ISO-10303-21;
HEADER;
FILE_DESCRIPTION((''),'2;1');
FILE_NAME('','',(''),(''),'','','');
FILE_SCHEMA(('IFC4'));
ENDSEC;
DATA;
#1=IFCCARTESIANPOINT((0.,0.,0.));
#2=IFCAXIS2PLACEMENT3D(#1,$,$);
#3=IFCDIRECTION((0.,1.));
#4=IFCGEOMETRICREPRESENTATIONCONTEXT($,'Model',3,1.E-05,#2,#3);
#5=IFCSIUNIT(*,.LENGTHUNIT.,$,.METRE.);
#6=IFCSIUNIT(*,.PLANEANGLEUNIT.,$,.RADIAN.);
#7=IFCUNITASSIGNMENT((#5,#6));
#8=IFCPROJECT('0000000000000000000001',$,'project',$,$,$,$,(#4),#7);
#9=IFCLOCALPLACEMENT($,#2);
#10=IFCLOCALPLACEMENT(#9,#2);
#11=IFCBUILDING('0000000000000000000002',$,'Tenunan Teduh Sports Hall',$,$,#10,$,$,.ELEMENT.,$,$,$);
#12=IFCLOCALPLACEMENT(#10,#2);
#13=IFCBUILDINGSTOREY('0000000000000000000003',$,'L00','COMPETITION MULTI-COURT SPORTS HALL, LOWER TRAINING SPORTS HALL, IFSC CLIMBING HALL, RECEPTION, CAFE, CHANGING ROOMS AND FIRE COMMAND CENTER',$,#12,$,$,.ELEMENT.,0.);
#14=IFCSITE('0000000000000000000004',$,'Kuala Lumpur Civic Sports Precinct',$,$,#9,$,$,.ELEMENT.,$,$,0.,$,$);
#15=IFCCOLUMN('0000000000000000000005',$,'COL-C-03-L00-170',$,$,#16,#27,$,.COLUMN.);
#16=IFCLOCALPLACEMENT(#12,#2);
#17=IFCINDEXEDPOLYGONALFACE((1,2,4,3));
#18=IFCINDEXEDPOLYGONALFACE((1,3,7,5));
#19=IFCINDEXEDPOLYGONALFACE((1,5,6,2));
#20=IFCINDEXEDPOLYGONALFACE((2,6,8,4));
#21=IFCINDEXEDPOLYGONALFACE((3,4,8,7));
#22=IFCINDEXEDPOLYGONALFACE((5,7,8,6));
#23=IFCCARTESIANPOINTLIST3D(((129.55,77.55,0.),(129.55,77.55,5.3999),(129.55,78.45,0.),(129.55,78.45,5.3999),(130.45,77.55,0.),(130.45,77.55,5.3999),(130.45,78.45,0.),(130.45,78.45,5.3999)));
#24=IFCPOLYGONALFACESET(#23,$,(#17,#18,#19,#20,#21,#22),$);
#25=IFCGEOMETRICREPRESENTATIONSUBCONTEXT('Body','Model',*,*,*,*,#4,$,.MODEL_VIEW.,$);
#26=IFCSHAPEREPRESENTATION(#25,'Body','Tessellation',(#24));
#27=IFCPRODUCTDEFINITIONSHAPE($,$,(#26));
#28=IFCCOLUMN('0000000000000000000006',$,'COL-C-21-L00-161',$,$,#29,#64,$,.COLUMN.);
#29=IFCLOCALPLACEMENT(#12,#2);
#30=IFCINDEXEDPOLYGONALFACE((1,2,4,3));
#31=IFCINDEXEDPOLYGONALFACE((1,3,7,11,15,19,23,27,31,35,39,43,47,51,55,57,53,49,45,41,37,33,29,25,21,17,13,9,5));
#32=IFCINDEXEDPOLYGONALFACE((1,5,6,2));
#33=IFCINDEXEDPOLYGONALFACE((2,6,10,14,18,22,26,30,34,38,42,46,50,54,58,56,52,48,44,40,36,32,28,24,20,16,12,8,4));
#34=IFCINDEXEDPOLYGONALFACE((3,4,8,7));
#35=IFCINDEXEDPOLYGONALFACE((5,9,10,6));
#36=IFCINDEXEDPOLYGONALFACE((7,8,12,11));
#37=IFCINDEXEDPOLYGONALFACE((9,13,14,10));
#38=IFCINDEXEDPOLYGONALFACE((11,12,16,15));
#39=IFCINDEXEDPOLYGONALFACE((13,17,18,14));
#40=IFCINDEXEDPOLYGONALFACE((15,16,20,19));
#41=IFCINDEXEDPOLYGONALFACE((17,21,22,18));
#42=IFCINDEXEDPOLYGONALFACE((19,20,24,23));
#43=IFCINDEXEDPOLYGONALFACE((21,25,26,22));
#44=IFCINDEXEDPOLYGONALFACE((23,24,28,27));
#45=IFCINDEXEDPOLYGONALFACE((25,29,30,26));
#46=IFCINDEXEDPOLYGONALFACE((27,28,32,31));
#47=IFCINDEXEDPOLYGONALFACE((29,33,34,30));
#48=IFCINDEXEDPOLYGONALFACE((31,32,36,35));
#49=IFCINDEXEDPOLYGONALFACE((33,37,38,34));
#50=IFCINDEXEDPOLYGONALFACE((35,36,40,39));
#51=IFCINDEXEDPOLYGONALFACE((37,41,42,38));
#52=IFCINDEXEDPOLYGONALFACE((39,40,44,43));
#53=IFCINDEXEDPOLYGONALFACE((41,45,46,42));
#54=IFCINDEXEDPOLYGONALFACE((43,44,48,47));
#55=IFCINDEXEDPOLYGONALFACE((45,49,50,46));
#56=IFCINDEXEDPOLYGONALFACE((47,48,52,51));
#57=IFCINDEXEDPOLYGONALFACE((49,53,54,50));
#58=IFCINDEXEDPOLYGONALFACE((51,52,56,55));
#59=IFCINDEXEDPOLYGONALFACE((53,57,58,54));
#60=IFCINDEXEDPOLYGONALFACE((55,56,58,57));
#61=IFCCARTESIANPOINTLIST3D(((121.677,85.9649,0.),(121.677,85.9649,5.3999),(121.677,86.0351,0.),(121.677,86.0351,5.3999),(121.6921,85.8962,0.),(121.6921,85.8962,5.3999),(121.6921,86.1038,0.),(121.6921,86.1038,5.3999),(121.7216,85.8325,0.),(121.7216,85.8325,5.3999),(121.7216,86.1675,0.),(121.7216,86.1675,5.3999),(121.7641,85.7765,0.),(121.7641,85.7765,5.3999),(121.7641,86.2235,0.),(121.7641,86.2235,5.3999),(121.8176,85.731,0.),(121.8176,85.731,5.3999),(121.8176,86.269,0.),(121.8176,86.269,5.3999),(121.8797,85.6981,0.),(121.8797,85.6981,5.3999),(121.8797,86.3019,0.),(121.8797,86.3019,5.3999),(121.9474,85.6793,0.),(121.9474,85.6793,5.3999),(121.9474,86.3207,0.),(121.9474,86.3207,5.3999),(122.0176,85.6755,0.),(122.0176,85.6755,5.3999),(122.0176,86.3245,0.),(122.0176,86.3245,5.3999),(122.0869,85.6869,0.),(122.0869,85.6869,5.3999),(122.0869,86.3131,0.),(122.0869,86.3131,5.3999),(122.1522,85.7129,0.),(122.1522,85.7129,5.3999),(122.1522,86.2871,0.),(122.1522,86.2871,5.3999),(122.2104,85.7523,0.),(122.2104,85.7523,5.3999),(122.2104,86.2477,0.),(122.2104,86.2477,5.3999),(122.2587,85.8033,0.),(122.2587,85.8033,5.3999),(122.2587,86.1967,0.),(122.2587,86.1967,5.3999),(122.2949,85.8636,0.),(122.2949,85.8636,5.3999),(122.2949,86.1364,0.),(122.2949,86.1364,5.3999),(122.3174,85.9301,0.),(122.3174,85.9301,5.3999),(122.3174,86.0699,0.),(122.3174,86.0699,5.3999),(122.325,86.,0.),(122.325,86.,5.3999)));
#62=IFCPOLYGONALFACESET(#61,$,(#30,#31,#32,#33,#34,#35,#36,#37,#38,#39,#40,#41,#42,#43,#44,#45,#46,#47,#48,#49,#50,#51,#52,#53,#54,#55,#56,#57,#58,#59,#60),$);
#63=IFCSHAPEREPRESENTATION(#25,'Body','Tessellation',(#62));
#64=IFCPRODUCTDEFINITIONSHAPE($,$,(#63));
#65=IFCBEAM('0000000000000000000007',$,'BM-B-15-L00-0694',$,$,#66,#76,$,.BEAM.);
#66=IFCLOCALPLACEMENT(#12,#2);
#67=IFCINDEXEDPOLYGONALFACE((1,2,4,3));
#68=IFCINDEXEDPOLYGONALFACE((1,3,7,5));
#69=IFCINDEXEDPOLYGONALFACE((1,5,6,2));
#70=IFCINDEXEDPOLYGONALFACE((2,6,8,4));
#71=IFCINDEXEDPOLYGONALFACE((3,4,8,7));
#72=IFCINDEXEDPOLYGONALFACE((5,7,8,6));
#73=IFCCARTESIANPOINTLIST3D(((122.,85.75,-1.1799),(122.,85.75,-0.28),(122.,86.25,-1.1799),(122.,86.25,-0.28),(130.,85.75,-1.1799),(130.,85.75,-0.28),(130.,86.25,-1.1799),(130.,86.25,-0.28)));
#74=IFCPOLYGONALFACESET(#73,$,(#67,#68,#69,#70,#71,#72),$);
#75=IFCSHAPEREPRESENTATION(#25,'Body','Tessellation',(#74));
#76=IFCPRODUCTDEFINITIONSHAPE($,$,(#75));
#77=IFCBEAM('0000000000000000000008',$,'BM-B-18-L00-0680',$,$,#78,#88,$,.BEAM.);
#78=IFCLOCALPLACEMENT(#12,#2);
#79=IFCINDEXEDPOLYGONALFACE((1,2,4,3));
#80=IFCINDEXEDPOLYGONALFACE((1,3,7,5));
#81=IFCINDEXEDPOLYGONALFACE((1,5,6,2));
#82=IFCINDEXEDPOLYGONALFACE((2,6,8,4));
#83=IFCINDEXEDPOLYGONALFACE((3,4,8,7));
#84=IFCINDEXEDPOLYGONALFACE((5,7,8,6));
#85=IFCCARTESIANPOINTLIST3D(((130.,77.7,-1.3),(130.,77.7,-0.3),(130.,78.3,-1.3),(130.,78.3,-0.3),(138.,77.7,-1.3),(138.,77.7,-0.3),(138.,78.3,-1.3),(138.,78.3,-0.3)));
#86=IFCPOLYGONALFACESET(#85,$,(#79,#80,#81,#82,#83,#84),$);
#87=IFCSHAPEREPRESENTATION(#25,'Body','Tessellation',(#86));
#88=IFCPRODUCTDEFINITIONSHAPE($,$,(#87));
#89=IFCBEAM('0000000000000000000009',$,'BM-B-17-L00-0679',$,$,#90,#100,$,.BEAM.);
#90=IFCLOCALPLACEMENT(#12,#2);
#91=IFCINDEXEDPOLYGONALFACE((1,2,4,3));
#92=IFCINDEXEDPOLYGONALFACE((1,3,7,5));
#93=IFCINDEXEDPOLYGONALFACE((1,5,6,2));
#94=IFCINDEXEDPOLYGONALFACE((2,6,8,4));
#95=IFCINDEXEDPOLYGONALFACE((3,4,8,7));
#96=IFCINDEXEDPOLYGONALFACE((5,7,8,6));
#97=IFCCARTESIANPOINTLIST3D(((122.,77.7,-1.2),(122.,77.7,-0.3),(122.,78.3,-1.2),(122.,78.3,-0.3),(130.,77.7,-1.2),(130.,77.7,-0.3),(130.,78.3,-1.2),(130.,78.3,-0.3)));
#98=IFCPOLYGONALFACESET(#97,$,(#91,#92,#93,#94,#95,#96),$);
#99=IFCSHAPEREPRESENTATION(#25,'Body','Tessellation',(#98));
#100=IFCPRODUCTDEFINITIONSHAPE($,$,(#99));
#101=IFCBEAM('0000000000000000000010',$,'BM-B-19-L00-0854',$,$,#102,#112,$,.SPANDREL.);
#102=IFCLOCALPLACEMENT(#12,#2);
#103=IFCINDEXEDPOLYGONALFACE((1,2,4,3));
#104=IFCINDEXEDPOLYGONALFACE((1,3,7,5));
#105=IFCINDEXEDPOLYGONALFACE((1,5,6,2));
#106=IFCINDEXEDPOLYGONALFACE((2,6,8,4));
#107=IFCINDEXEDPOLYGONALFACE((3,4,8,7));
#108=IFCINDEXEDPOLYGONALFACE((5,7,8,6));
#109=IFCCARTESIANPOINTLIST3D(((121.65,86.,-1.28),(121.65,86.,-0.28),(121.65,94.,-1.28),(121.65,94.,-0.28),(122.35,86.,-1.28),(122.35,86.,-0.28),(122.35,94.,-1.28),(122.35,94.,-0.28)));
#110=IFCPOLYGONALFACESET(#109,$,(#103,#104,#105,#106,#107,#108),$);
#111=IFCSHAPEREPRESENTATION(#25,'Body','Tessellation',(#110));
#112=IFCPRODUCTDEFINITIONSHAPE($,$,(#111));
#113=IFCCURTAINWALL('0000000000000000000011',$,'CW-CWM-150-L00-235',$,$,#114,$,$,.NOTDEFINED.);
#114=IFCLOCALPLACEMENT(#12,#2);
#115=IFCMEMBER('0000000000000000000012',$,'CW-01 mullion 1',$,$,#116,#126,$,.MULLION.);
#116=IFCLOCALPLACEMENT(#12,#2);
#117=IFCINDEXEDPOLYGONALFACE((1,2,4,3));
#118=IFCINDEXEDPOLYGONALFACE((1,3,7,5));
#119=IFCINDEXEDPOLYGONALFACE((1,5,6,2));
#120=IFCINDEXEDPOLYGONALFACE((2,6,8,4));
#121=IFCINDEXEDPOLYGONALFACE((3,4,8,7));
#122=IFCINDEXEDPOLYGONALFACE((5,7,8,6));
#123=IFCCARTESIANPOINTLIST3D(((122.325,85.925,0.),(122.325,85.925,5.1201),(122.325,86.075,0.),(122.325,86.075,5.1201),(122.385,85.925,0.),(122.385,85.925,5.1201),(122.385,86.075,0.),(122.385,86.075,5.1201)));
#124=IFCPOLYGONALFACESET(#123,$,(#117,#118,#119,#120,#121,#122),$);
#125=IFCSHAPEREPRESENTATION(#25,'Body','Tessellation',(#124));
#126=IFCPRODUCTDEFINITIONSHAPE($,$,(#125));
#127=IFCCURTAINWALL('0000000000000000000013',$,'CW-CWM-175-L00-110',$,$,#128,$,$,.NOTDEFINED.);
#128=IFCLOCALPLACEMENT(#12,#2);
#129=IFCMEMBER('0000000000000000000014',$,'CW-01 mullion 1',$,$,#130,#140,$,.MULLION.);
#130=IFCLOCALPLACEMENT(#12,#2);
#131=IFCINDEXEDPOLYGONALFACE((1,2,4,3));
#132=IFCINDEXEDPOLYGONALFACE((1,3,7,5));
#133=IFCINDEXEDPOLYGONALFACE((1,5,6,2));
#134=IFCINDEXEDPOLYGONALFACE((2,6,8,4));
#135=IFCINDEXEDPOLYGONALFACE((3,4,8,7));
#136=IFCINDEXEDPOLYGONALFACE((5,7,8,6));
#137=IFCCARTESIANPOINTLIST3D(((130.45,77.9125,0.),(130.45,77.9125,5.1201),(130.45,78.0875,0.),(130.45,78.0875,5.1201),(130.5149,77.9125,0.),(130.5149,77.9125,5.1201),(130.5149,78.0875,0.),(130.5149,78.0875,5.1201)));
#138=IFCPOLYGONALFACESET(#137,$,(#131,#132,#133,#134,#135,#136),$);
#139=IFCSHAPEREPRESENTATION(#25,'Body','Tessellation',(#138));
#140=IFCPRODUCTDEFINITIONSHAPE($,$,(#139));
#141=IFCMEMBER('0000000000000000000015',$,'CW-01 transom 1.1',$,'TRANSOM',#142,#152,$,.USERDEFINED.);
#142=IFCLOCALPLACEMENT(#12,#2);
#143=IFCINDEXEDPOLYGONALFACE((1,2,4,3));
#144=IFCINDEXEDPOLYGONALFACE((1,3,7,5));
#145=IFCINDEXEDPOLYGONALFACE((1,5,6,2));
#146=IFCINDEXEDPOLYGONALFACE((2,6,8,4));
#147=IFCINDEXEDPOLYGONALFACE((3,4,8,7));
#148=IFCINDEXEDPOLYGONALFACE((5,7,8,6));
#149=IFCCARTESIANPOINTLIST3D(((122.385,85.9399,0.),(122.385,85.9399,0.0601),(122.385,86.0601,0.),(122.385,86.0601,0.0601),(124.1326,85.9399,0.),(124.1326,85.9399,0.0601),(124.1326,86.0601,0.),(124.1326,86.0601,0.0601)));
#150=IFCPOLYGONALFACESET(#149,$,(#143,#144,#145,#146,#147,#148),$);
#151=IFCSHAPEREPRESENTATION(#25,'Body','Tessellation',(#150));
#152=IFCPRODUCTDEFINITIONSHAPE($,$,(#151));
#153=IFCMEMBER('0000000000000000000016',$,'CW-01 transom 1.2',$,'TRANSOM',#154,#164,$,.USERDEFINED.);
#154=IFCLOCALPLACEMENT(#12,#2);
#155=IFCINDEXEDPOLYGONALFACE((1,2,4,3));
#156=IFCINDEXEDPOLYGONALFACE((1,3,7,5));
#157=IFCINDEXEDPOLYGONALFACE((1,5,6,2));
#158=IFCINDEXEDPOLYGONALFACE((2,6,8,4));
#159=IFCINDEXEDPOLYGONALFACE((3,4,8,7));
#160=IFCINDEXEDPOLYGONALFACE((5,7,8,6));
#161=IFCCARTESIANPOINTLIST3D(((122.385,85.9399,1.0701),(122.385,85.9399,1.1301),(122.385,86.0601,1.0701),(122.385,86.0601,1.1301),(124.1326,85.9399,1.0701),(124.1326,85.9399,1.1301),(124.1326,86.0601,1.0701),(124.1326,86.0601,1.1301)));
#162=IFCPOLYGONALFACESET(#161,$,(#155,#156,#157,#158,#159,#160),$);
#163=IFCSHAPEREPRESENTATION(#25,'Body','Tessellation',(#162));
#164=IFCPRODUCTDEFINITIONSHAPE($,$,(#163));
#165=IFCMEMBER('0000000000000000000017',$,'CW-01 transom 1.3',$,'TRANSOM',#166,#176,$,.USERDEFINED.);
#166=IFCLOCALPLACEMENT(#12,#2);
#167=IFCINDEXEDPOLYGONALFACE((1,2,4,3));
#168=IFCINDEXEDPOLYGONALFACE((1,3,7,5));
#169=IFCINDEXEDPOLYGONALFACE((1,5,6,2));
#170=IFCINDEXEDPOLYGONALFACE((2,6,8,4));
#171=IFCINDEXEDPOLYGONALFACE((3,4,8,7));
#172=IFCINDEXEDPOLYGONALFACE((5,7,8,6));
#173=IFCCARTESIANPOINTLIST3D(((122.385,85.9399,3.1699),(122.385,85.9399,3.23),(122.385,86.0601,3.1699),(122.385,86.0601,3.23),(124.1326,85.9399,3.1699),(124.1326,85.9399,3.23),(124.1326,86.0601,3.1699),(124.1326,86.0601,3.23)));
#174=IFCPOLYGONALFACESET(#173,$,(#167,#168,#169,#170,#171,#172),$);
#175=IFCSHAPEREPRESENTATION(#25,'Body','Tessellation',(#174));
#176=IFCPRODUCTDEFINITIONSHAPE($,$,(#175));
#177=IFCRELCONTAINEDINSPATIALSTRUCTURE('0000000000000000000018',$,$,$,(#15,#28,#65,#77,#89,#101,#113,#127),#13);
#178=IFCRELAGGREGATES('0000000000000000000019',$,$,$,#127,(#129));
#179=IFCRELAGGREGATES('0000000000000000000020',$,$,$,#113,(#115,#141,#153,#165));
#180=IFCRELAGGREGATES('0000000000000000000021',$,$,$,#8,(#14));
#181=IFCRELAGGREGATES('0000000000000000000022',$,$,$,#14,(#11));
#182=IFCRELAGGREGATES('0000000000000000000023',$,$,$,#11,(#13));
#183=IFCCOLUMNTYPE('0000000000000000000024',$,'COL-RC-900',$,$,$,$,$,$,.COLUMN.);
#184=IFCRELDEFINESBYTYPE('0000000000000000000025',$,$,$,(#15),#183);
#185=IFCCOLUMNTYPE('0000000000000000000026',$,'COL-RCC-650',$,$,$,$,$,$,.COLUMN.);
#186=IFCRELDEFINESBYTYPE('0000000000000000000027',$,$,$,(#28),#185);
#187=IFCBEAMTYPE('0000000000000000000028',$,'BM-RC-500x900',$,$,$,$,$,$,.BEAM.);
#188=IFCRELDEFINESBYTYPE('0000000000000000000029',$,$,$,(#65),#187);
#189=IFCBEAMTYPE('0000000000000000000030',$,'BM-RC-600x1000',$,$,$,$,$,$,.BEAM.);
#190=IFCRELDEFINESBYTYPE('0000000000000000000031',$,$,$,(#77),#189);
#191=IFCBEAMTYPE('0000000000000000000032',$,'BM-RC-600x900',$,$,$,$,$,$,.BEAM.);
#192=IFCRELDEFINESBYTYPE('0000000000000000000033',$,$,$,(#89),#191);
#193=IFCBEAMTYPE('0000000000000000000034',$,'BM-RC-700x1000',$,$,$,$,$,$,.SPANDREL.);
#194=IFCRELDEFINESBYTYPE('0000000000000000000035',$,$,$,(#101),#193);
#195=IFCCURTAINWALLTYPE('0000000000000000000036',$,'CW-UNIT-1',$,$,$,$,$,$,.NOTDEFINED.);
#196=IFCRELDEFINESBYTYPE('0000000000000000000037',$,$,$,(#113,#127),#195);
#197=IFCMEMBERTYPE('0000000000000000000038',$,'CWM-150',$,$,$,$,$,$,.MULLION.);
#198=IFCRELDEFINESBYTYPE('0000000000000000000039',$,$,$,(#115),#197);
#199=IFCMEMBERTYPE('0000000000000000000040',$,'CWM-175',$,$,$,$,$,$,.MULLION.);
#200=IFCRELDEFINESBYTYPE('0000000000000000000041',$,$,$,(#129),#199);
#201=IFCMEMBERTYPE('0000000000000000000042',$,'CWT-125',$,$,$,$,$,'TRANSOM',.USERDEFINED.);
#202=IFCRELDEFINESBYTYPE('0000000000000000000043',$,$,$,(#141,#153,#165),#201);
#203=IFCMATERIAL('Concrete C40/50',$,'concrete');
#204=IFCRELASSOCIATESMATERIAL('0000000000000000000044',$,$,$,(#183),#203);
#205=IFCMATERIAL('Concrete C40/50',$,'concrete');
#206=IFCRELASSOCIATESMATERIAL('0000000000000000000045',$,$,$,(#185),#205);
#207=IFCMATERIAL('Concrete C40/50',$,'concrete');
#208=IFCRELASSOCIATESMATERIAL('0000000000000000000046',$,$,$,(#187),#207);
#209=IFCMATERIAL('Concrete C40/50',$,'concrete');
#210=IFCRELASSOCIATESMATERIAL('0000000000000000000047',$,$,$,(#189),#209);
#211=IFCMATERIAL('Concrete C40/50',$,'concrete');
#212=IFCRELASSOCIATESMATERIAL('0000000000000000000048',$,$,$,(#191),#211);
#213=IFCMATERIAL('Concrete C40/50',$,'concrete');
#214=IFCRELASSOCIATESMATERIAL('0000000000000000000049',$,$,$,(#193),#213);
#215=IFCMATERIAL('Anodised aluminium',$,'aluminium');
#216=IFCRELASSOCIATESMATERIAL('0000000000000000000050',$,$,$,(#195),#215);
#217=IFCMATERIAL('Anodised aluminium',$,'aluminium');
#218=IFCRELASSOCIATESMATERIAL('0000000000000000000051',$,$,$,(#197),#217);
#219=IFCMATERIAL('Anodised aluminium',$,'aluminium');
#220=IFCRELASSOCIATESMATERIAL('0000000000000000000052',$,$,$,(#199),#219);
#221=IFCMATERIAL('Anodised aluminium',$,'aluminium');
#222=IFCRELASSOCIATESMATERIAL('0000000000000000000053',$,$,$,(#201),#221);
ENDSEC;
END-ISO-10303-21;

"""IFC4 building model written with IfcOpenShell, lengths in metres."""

from ifc_helpers import new_model, si_unit, direction, frame, origin, origin_2d, place, context, subcontext, project, spatial, rectangle, circle, extrude, material, material_profile, profile_set, type_object, element, aggregate, save


model = new_model("IFC4")

# Units and contexts
model_context = context("Model", 3, precision=1e-05, world=origin(), true_north=direction((0.0, 1.0)))
body_context = subcontext(model_context, "Body", "Model", "MODEL_VIEW")
ifc_project = project(units=[si_unit("LENGTHUNIT", "METRE"), si_unit("PLANEANGLEUNIT", "RADIAN")], contexts=[model_context])

# Site, building, storey
site_placement = place(None, origin())
site = spatial("IfcSite", under=ifc_project, at=site_placement, Name="Kuala Lumpur Civic Sports Precinct", CompositionType="ELEMENT", RefElevation=0.0)
building_placement = place(site_placement, origin())
building = spatial("IfcBuilding", under=site, at=building_placement, Name="Tenunan Teduh Sports Hall", CompositionType="ELEMENT")
storey_placement = place(building_placement, origin())
storey = spatial("IfcBuildingStorey", under=building, at=storey_placement, Name="L00", Description="COMPETITION MULTI-COURT SPORTS HALL, LOWER TRAINING SPORTS HALL, IFSC CLIMBING HALL, RECEPTION, CAFE, CHANGING ROOMS AND FIRE COMMAND CENTER", CompositionType="ELEMENT", Elevation=0.0)

# Columns
ifc_material_1 = material(Name="Concrete C40/50", Category="concrete")
ifc_material_profile_1 = material_profile(ifc_material_1, rectangle(XDim=0.8999, YDim=0.8999, at=origin_2d()), Name="RC 900x900")
ifc_profile_set_1 = profile_set([ifc_material_profile_1], Name="Concrete C40/50")
column_type_1 = type_object("IfcColumnType", Name="COL-RC-900", PredefinedType="COLUMN", material=ifc_profile_set_1)
column_1_placement = place(storey_placement, frame((130.0, 78.0, 0.0), z_axis=(0.0, 0.0, 1.0), x_axis=(1.0, 0.0, 0.0)))
element("IfcColumn", 1, at=column_1_placement, inside=storey, type_object=column_type_1, Name="COL-C-03-L00-170", PredefinedType="COLUMN", context=body_context, shape_type="SweptSolid", body=[
    extrude(rectangle(XDim=0.8999, YDim=0.8999, at=origin_2d()), origin(), (0.0, 0.0, 1.0), 5.3999),
])
ifc_material_2 = material(Name="Concrete C40/50", Category="concrete")
ifc_material_profile_2 = material_profile(ifc_material_2, circle(Radius=0.325, at=origin_2d()), Name="RCC D650")
ifc_profile_set_2 = profile_set([ifc_material_profile_2], Name="Concrete C40/50")
column_type_2 = type_object("IfcColumnType", Name="COL-RCC-650", PredefinedType="COLUMN", material=ifc_profile_set_2)
column_2_placement = place(storey_placement, frame((122.0, 86.0, 0.0), z_axis=(0.0, 0.0, 1.0), x_axis=(1.0, 0.0, 0.0)))
element("IfcColumn", 2, at=column_2_placement, inside=storey, type_object=column_type_2, Name="COL-C-21-L00-161", PredefinedType="COLUMN", context=body_context, shape_type="SweptSolid", body=[
    extrude(circle(Radius=0.325, at=origin_2d()), origin(), (0.0, 0.0, 1.0), 5.3999),
])

# Beams
ifc_material_3 = material(Name="Concrete C40/50", Category="concrete")
ifc_material_profile_3 = material_profile(ifc_material_3, rectangle(XDim=0.5, YDim=0.8999, at=origin_2d()), Name="RCB 500x900")
ifc_profile_set_3 = profile_set([ifc_material_profile_3], Name="Concrete C40/50")
beam_type_1 = type_object("IfcBeamType", Name="BM-RC-500x900", PredefinedType="BEAM", material=ifc_profile_set_3)
beam_1_placement = place(storey_placement, frame((122.0, 86.0, -0.73), z_axis=(1.0, 0.0, 0.0), x_axis=(0.0, 1.0, 0.0)))
element("IfcBeam", 3, at=beam_1_placement, inside=storey, type_object=beam_type_1, Name="BM-B-15-L00-0694", PredefinedType="BEAM", context=body_context, shape_type="SweptSolid", body=[
    extrude(rectangle(XDim=0.5, YDim=0.8999, at=origin_2d()), origin(), (0.0, 0.0, 1.0), 8.0),
])
ifc_material_4 = material(Name="Concrete C40/50", Category="concrete")
ifc_material_profile_4 = material_profile(ifc_material_4, rectangle(XDim=0.6001, YDim=1.0, at=origin_2d()), Name="RCB 600x1000")
ifc_profile_set_4 = profile_set([ifc_material_profile_4], Name="Concrete C40/50")
beam_type_2 = type_object("IfcBeamType", Name="BM-RC-600x1000", PredefinedType="BEAM", material=ifc_profile_set_4)
beam_2_placement = place(storey_placement, frame((130.0, 78.0, -0.8), z_axis=(1.0, 0.0, 0.0), x_axis=(0.0, 1.0, 0.0)))
element("IfcBeam", 4, at=beam_2_placement, inside=storey, type_object=beam_type_2, Name="BM-B-18-L00-0680", PredefinedType="BEAM", context=body_context, shape_type="SweptSolid", body=[
    extrude(rectangle(XDim=0.6001, YDim=1.0, at=origin_2d()), origin(), (0.0, 0.0, 1.0), 8.0),
])
ifc_material_5 = material(Name="Concrete C40/50", Category="concrete")
ifc_material_profile_5 = material_profile(ifc_material_5, rectangle(XDim=0.6001, YDim=0.8999, at=origin_2d()), Name="RCB 600x900")
ifc_profile_set_5 = profile_set([ifc_material_profile_5], Name="Concrete C40/50")
beam_type_3 = type_object("IfcBeamType", Name="BM-RC-600x900", PredefinedType="BEAM", material=ifc_profile_set_5)
beam_3_placement = place(storey_placement, frame((122.0, 78.0, -0.75), z_axis=(1.0, 0.0, 0.0), x_axis=(0.0, 1.0, 0.0)))
element("IfcBeam", 5, at=beam_3_placement, inside=storey, type_object=beam_type_3, Name="BM-B-17-L00-0679", PredefinedType="BEAM", context=body_context, shape_type="SweptSolid", body=[
    extrude(rectangle(XDim=0.6001, YDim=0.8999, at=origin_2d()), origin(), (0.0, 0.0, 1.0), 8.0),
])
ifc_material_6 = material(Name="Concrete C40/50", Category="concrete")
ifc_material_profile_6 = material_profile(ifc_material_6, rectangle(XDim=0.7, YDim=1.0, at=origin_2d()), Name="RCB 700x1000")
ifc_profile_set_6 = profile_set([ifc_material_profile_6], Name="Concrete C40/50")
beam_type_4 = type_object("IfcBeamType", Name="BM-RC-700x1000", PredefinedType="SPANDREL", material=ifc_profile_set_6)
beam_4_placement = place(storey_placement, frame((122.0, 86.0, -0.78), z_axis=(0.0, 1.0, 0.0), x_axis=(-1.0, 0.0, 0.0)))
element("IfcBeam", 6, at=beam_4_placement, inside=storey, type_object=beam_type_4, Name="BM-B-19-L00-0854", PredefinedType="SPANDREL", context=body_context, shape_type="SweptSolid", body=[
    extrude(rectangle(XDim=0.7, YDim=1.0, at=origin_2d()), origin(), (0.0, 0.0, 1.0), 8.0),
])

# Curtain walls, members
ifc_material_7 = material(Name="Anodised aluminium", Category="aluminium")
curtain_wall_type = type_object("IfcCurtainWallType", Name="CW-UNIT-1", PredefinedType="NOTDEFINED", material=ifc_material_7)
curtain_wall_1_placement = place(storey_placement, origin())
curtain_wall_1 = element("IfcCurtainWall", 7, at=curtain_wall_1_placement, inside=storey, type_object=curtain_wall_type, Name="CW-CWM-150-L00-235", PredefinedType="NOTDEFINED")
ifc_material_8 = material(Name="Anodised aluminium", Category="aluminium")
ifc_material_profile_7 = material_profile(ifc_material_8, rectangle(XDim=0.0601, YDim=0.1499, at=origin_2d()), Name="CWM 60x150")
ifc_profile_set_7 = profile_set([ifc_material_profile_7], Name="Anodised aluminium")
member_type_1 = type_object("IfcMemberType", Name="CWM-150", PredefinedType="MULLION", material=ifc_profile_set_7)
member_1_placement = place(storey_placement, frame((122.355, 86.0, 0.0), z_axis=(0.0, 0.0, 1.0), x_axis=(1.0, 0.0, 0.0)))
member_1 = element("IfcMember", 8, at=member_1_placement, type_object=member_type_1, Name="CW-01 mullion 1", PredefinedType="MULLION", context=body_context, shape_type="SweptSolid", body=[
    extrude(rectangle(XDim=0.0601, YDim=0.1499, at=origin_2d()), origin(), (0.0, 0.0, 1.0), 5.1201),
])
curtain_wall_2_placement = place(storey_placement, origin())
curtain_wall_2 = element("IfcCurtainWall", 9, at=curtain_wall_2_placement, inside=storey, type_object=curtain_wall_type, Name="CW-CWM-175-L00-110", PredefinedType="NOTDEFINED")
ifc_material_9 = material(Name="Anodised aluminium", Category="aluminium")
ifc_material_profile_8 = material_profile(ifc_material_9, rectangle(XDim=0.0649, YDim=0.175, at=origin_2d()), Name="CWM 65x175")
ifc_profile_set_8 = profile_set([ifc_material_profile_8], Name="Anodised aluminium")
member_type_2 = type_object("IfcMemberType", Name="CWM-175", PredefinedType="MULLION", material=ifc_profile_set_8)
member_2_placement = place(storey_placement, frame((130.4824, 78.0, 0.0), z_axis=(0.0, 0.0, 1.0), x_axis=(1.0, 0.0, 0.0)))
member_2 = element("IfcMember", 10, at=member_2_placement, type_object=member_type_2, Name="CW-01 mullion 1", PredefinedType="MULLION", context=body_context, shape_type="SweptSolid", body=[
    extrude(rectangle(XDim=0.0649, YDim=0.175, at=origin_2d()), origin(), (0.0, 0.0, 1.0), 5.1201),
])

# Members
ifc_material_10 = material(Name="Anodised aluminium", Category="aluminium")
ifc_material_profile_9 = material_profile(ifc_material_10, rectangle(XDim=0.0601, YDim=0.1201, at=origin_2d()), Name="CWT 60x120")
ifc_profile_set_9 = profile_set([ifc_material_profile_9], Name="Anodised aluminium")
member_type_3 = type_object("IfcMemberType", Name="CWT-125", ElementType="TRANSOM", PredefinedType="USERDEFINED", material=ifc_profile_set_9)
member_3_placement = place(storey_placement, frame((122.385, 86.0, 0.03), z_axis=(1.0, 0.0, 0.0), x_axis=(0.0, 0.0, 1.0)))
member_3 = element("IfcMember", 11, at=member_3_placement, type_object=member_type_3, Name="CW-01 transom 1.1", ObjectType="TRANSOM", PredefinedType="USERDEFINED", context=body_context, shape_type="SweptSolid", body=[
    extrude(rectangle(XDim=0.0601, YDim=0.1201, at=origin_2d()), origin(), (0.0, 0.0, 1.0), 1.7476),
])
member_4_placement = place(storey_placement, frame((122.385, 86.0, 1.1001), z_axis=(1.0, 0.0, 0.0), x_axis=(0.0, 0.0, 1.0)))
member_4 = element("IfcMember", 12, at=member_4_placement, type_object=member_type_3, Name="CW-01 transom 1.2", ObjectType="TRANSOM", PredefinedType="USERDEFINED", context=body_context, shape_type="SweptSolid", body=[
    extrude(rectangle(XDim=0.0601, YDim=0.1201, at=origin_2d()), origin(), (0.0, 0.0, 1.0), 1.7476),
])
member_5_placement = place(storey_placement, frame((122.385, 86.0, 3.2), z_axis=(1.0, 0.0, 0.0), x_axis=(0.0, 0.0, 1.0)))
member_5 = element("IfcMember", 13, at=member_5_placement, type_object=member_type_3, Name="CW-01 transom 1.3", ObjectType="TRANSOM", PredefinedType="USERDEFINED", context=body_context, shape_type="SweptSolid", body=[
    extrude(rectangle(XDim=0.0601, YDim=0.1201, at=origin_2d()), origin(), (0.0, 0.0, 1.0), 1.7476),
])
aggregate(curtain_wall_2, [member_2])

aggregate(curtain_wall_1, [member_1, member_3, member_4, member_5])

save(model, "model.ifc")
